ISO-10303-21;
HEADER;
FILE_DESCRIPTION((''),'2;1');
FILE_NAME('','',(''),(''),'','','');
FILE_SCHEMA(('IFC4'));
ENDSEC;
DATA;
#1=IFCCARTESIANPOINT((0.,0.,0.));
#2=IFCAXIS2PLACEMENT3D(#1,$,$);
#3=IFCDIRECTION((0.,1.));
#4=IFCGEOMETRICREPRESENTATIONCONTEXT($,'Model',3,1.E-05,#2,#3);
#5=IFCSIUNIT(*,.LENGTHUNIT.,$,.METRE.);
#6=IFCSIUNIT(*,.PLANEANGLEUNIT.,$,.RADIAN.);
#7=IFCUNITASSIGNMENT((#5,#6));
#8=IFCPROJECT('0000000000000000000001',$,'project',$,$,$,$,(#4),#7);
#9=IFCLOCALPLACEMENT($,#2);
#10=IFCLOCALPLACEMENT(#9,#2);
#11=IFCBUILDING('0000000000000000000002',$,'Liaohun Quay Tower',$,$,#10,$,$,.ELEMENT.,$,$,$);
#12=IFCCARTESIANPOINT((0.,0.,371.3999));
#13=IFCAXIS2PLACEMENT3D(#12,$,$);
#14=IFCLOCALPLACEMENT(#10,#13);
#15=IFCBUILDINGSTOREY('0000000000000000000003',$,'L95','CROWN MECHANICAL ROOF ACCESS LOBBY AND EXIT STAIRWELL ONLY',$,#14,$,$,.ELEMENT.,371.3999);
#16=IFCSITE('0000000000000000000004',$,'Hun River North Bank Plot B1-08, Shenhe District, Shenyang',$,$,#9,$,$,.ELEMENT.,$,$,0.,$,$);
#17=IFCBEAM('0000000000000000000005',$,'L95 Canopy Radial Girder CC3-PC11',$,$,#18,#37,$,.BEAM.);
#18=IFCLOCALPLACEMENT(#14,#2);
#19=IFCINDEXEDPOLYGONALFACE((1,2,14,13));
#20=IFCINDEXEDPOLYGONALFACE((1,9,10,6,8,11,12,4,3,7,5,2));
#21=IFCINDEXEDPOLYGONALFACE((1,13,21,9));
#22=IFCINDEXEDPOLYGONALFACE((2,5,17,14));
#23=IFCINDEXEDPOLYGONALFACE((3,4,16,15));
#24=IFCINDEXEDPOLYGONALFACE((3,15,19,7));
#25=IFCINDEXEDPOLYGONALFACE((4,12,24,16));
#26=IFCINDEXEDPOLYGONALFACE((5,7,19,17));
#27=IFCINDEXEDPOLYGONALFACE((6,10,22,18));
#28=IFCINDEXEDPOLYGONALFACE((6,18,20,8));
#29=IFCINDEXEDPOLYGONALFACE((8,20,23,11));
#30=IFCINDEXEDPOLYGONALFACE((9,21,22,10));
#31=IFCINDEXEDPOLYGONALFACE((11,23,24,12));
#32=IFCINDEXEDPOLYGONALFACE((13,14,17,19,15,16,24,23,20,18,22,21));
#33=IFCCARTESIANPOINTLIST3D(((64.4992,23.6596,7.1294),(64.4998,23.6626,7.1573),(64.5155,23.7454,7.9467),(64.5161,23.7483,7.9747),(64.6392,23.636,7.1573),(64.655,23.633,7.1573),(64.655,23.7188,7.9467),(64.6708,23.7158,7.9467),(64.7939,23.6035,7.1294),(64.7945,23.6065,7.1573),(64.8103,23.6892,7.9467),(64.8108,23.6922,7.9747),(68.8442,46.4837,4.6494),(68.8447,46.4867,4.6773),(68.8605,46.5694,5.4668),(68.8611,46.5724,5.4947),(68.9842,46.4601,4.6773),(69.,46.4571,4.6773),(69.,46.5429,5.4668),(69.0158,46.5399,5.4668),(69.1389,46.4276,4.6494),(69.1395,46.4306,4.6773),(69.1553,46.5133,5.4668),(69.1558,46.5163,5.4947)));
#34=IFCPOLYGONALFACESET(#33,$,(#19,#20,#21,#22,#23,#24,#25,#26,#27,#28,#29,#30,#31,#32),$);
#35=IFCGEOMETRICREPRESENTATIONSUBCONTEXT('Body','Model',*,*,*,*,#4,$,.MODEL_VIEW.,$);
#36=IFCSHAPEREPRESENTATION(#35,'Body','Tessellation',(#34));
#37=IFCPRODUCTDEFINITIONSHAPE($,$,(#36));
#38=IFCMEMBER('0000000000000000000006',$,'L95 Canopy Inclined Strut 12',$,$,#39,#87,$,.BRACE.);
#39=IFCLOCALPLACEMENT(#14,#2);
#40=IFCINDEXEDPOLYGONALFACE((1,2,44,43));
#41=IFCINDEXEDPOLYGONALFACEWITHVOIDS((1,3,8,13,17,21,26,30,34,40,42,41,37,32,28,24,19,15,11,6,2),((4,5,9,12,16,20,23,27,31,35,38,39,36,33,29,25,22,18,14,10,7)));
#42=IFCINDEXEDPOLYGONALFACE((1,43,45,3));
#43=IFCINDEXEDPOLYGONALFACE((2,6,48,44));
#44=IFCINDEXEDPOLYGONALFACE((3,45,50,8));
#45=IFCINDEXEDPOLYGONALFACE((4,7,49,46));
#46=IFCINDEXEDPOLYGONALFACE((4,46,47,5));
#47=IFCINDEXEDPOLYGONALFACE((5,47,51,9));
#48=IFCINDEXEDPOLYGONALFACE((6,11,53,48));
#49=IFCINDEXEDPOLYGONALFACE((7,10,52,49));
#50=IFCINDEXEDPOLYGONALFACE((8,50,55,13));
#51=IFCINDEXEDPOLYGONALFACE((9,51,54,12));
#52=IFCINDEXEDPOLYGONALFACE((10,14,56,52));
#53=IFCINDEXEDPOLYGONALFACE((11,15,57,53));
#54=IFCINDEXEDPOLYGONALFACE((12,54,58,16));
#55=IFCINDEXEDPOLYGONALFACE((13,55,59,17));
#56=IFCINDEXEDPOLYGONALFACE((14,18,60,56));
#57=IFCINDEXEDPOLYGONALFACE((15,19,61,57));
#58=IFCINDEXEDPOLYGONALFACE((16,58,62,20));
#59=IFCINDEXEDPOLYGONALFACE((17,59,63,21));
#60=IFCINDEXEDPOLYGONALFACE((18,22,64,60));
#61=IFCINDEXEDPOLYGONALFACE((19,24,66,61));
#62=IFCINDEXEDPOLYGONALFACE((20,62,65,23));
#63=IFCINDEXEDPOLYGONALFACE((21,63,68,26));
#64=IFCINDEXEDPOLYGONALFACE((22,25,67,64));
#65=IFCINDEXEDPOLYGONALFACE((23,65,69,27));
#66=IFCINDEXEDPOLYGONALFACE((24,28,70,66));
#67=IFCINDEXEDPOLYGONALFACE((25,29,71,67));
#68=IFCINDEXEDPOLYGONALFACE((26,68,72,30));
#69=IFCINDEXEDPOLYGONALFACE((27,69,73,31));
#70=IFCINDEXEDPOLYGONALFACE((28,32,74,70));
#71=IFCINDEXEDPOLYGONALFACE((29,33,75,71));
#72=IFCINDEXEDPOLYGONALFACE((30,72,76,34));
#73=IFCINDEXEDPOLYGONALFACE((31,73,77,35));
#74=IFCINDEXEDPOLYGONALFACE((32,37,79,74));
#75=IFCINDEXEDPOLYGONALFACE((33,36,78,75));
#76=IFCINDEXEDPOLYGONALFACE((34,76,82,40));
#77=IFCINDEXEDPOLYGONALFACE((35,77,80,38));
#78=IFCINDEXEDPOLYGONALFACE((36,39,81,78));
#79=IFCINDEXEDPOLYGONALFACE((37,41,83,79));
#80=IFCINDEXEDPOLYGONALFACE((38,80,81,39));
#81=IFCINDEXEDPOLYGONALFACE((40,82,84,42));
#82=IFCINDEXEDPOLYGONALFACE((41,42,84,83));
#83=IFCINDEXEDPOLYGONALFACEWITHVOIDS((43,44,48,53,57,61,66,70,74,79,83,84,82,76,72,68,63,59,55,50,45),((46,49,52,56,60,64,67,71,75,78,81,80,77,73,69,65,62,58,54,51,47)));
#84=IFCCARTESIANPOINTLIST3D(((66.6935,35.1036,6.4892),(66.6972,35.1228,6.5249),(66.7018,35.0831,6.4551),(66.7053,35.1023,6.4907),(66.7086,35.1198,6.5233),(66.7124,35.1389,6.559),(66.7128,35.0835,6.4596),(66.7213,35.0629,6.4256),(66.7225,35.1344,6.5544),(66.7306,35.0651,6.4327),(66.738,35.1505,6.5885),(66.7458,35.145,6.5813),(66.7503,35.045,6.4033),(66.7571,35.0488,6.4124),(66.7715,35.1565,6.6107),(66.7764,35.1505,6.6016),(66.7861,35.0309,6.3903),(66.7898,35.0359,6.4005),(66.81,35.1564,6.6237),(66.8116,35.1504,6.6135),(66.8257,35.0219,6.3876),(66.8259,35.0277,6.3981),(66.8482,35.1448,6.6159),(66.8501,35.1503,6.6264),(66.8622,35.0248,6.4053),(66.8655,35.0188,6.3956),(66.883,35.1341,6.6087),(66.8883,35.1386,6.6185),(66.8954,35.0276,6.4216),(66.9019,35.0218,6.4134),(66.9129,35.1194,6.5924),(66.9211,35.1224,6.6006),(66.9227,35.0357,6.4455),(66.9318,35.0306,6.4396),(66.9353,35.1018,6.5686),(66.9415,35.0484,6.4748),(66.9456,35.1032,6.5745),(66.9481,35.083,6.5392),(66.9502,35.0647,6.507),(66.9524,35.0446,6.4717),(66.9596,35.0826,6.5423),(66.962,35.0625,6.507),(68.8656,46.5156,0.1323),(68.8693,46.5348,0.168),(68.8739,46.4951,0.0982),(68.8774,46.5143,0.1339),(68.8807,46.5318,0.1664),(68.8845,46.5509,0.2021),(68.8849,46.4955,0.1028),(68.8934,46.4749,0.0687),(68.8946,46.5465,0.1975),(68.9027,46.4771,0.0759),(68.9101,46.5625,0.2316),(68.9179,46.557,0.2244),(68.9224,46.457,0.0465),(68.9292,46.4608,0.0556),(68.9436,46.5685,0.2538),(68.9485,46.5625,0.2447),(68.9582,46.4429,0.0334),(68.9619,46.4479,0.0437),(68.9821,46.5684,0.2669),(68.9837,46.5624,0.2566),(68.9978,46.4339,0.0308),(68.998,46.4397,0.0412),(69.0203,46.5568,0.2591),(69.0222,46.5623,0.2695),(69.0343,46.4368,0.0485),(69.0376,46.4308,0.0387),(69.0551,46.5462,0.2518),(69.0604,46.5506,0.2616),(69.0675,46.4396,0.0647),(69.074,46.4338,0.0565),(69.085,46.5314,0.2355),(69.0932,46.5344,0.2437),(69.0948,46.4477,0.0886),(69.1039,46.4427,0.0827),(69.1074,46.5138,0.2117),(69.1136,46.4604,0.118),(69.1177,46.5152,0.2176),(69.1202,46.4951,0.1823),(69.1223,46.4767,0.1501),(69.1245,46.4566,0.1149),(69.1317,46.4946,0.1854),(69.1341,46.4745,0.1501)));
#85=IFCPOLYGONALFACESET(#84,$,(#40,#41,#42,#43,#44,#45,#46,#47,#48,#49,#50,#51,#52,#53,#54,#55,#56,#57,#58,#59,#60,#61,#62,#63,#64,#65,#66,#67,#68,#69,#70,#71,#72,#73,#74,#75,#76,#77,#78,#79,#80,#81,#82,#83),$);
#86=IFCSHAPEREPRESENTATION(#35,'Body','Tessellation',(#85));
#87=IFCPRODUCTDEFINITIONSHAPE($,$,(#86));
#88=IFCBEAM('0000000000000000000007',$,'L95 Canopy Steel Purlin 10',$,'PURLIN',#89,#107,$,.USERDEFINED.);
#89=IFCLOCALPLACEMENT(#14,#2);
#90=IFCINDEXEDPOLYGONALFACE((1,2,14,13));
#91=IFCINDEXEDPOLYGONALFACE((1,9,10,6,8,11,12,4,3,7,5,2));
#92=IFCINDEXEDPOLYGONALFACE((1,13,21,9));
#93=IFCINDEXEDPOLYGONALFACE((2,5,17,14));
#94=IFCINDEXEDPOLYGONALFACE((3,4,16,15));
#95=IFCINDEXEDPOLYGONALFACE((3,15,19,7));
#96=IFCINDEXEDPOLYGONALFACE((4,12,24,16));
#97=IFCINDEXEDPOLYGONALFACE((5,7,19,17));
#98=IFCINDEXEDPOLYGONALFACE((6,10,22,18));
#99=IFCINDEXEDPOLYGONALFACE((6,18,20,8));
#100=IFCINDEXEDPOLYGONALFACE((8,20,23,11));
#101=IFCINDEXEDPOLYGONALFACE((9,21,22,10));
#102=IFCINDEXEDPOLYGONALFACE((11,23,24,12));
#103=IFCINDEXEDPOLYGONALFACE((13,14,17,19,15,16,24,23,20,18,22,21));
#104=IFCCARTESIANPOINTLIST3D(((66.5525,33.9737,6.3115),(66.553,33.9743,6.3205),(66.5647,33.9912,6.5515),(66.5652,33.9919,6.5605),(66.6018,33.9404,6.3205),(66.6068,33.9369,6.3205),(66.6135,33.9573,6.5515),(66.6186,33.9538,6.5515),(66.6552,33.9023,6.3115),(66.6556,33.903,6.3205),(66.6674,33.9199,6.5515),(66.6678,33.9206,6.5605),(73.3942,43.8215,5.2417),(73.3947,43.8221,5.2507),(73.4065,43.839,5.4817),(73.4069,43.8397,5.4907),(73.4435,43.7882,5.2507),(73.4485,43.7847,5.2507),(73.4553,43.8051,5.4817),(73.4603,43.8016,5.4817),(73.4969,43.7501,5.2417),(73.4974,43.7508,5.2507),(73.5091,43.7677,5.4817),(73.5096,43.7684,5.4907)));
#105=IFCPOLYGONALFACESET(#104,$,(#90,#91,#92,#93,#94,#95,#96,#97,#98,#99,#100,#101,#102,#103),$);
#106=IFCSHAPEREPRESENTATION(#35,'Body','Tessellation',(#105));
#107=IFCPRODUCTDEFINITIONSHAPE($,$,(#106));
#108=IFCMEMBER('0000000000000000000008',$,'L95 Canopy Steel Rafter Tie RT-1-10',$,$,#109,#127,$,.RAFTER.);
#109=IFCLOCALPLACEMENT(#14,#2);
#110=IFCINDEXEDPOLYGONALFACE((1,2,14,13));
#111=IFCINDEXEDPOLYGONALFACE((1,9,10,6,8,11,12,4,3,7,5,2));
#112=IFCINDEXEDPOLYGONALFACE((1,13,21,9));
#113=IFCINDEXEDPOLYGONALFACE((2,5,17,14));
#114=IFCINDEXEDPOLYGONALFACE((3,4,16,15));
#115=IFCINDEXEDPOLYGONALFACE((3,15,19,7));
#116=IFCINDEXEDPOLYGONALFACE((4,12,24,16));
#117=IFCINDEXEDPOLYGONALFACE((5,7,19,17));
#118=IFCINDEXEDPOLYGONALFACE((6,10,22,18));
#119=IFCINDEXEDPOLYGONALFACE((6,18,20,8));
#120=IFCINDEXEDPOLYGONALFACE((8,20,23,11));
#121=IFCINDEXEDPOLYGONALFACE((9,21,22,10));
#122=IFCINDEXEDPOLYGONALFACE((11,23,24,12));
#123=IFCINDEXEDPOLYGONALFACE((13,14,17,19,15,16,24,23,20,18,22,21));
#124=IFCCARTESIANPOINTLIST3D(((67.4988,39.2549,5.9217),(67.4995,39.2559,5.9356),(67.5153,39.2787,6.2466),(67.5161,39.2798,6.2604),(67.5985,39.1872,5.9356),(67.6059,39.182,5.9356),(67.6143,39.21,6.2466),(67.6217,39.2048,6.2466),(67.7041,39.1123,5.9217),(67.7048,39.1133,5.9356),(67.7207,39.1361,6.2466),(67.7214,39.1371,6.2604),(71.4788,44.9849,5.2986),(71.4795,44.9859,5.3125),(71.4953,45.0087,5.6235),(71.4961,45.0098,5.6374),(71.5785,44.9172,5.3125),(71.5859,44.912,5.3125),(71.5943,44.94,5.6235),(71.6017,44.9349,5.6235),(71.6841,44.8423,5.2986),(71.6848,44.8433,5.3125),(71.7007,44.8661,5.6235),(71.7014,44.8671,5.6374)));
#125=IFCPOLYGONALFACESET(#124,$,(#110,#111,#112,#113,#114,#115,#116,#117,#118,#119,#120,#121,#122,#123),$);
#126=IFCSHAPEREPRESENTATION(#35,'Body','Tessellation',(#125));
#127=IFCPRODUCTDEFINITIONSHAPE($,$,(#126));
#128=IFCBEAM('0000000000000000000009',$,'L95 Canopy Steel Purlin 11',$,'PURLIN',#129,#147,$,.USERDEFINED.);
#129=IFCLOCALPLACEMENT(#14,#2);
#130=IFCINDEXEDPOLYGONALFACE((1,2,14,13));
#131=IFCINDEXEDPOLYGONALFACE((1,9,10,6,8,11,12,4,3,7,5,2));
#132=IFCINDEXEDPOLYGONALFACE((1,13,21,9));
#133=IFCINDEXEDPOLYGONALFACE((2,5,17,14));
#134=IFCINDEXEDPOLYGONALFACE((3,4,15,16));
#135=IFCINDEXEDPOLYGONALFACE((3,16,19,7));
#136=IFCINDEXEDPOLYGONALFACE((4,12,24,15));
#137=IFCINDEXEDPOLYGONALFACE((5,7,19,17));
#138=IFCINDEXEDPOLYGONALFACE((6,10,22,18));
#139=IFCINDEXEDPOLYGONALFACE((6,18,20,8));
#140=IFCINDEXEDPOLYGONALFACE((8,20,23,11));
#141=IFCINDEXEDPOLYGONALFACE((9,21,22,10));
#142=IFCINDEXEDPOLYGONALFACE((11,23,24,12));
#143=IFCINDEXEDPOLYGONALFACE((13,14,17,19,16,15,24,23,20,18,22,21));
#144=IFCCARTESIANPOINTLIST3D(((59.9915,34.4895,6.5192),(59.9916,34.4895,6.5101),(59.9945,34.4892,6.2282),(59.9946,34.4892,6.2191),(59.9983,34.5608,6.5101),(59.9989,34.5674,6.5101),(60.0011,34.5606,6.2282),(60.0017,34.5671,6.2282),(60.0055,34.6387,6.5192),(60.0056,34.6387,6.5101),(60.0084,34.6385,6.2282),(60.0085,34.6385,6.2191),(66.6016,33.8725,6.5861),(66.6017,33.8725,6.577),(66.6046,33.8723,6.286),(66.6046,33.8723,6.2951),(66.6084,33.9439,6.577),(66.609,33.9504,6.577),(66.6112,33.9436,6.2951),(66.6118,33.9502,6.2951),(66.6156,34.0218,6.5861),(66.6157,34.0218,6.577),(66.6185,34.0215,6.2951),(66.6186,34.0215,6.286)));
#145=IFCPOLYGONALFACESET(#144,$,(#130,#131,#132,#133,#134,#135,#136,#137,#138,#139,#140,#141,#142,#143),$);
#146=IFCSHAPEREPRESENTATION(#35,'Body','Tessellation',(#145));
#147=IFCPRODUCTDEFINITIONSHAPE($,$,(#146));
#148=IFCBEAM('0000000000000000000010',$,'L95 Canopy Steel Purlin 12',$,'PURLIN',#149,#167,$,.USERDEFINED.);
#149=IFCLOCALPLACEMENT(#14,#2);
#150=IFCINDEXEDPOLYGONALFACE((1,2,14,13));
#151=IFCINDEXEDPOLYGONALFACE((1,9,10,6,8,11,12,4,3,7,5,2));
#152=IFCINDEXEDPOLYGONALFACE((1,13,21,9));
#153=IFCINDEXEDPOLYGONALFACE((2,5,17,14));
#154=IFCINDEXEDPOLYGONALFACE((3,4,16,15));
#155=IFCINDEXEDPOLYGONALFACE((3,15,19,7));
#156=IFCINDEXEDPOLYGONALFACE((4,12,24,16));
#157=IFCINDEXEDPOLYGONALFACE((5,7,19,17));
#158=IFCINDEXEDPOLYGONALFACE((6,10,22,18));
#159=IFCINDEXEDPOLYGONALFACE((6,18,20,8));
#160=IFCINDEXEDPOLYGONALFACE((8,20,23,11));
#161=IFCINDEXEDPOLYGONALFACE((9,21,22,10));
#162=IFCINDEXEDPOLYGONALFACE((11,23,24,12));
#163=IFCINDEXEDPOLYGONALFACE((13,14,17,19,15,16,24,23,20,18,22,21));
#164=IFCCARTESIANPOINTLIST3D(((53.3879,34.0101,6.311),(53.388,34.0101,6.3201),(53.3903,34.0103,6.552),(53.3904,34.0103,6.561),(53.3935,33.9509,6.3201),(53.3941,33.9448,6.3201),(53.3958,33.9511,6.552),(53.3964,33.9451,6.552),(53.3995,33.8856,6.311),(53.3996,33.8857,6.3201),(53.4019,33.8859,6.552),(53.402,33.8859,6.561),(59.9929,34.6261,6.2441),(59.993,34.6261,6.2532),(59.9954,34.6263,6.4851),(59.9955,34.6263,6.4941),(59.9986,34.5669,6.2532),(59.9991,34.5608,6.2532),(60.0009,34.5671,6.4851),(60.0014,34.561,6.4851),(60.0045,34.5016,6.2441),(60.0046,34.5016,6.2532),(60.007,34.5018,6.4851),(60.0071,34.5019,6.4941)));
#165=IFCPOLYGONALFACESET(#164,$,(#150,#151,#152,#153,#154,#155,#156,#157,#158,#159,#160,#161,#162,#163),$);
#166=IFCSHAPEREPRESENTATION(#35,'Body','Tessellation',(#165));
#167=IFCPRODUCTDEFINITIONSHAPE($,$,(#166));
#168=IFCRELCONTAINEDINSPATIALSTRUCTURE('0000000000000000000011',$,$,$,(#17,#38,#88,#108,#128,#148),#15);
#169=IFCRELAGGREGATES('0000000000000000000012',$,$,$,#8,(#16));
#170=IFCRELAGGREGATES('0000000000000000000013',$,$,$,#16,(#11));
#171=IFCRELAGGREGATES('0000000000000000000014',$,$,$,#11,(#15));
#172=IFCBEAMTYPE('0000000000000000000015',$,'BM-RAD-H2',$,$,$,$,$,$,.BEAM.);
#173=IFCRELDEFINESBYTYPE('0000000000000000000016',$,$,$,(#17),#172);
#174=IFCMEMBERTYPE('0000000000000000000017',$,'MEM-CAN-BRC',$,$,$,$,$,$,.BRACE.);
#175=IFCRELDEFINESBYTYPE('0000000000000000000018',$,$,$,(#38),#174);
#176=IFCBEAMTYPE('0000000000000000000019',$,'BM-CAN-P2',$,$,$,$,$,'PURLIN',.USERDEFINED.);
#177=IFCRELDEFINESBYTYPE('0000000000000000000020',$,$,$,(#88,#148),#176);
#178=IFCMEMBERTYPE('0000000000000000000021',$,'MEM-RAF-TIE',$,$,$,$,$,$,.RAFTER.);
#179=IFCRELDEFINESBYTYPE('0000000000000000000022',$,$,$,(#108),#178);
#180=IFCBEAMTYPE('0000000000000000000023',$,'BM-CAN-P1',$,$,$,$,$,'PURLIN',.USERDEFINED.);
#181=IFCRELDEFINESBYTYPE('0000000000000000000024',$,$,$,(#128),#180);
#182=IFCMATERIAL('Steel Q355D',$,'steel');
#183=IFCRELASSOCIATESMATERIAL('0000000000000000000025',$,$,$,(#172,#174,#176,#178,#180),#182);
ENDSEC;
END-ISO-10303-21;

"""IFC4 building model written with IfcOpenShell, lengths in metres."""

from ifc_helpers import new_model, si_unit, direction, frame, origin, origin_2d, place, context, subcontext, project, spatial, hollow_circle, i_section, extrude, source, transform, mapped, material, material_profile, profile_set, type_object, element, save


model = new_model("IFC4")

# Units and contexts
model_context = context("Model", 3, precision=1e-05, world=origin(), true_north=direction((0.0, 1.0)))
body_context = subcontext(model_context, "Body", "Model", "MODEL_VIEW")
ifc_project = project(units=[si_unit("LENGTHUNIT", "METRE"), si_unit("PLANEANGLEUNIT", "RADIAN")], contexts=[model_context])

# Site, building, storey
site_placement = place(None, origin())
site = spatial("IfcSite", under=ifc_project, at=site_placement, Name="Hun River North Bank Plot B1-08, Shenhe District, Shenyang", CompositionType="ELEMENT", RefElevation=0.0)
building_placement = place(site_placement, origin())
building = spatial("IfcBuilding", under=site, at=building_placement, Name="Liaohun Quay Tower", CompositionType="ELEMENT")
storey_placement = place(building_placement, frame((0.0, 0.0, 371.3999)))
storey = spatial("IfcBuildingStorey", under=building, at=storey_placement, Name="L95", Description="CROWN MECHANICAL ROOF ACCESS LOBBY AND EXIT STAIRWELL ONLY", CompositionType="ELEMENT", Elevation=371.3999)

# Shared definitions
ifc_material_1 = material(Name="Steel Q355D", Category="steel")

# Shared definitions
ifc_material_profile_1 = material_profile(ifc_material_1, i_section(OverallWidth=0.3, OverallDepth=0.8501, WebThickness=0.0161, FlangeThickness=0.0281, at=origin_2d()), Name="HN850x300x16x28")
ifc_profile_set_1 = profile_set([ifc_material_profile_1], Name="Steel Q355D")
beam_type_1 = type_object("IfcBeamType", Name="BM-RAD-H2", PredefinedType="BEAM", material=ifc_profile_set_1)

# Shared definitions
ifc_material_profile_2 = material_profile(ifc_material_1, hollow_circle(Radius=0.1365, WallThickness=0.012, at=origin_2d()), Name="CHS273x12")
ifc_profile_set_2 = profile_set([ifc_material_profile_2], Name="Steel Q355D")
member_type_1 = type_object("IfcMemberType", Name="MEM-CAN-BRC", PredefinedType="BRACE", material=ifc_profile_set_2)

# Beam
shared_shape_1 = source(origin(), body_context, "Body", "SweptSolid", [
    extrude(i_section(OverallWidth=0.3, OverallDepth=0.8501, WebThickness=0.0161, FlangeThickness=0.0281, at=origin_2d()), origin(), (0.0, 0.0, 1.0), 23.366),
])
beam_1_placement = place(storey_placement, frame((69.0, 46.5, 5.072), z_axis=(-0.185954, -0.976809, 0.106137), x_axis=(0.982358, -0.18701, 0.0)))
element("IfcBeam", 1, at=beam_1_placement, inside=storey, type_object=beam_type_1, Name="L95 Canopy Radial Girder CC3-PC11", PredefinedType="BEAM", context=body_context, shape_type="MappedRepresentation", body=[
    mapped(shared_shape_1, transform((0.0, 0.0, 0.0), x_axis=(1.0, 0.0, 0.0), y_axis=(0.0, 1.0, 0.0), z_axis=(0.0, 0.0, 1.0), scale=1.0)),
])

# Member
shared_shape_2 = source(origin(), body_context, "Body", "SweptSolid", [
    extrude(hollow_circle(Radius=0.1365, WallThickness=0.012, at=origin_2d()), origin(), (0.0, 0.0, 1.0), 13.2424),
])
member_1_placement = place(storey_placement, frame((69.0, 46.5, 0.1501), z_axis=(-0.164026, -0.861776, 0.480039), x_axis=(0.982364, -0.186978, 0.0)))
element("IfcMember", 2, at=member_1_placement, inside=storey, type_object=member_type_1, Name="L95 Canopy Inclined Strut 12", PredefinedType="BRACE", context=body_context, shape_type="MappedRepresentation", body=[
    mapped(shared_shape_2, transform((0.0, 0.0, 0.0), x_axis=(1.0, 0.0, 0.0), y_axis=(0.0, 1.0, 0.0), z_axis=(0.0, 0.0, 1.0), scale=1.0)),
])

# Beam
ifc_material_profile_3 = material_profile(ifc_material_1, i_section(OverallWidth=0.125, OverallDepth=0.25, WebThickness=0.0061, FlangeThickness=0.009, at=origin_2d()), Name="HN250x125x6x9")
ifc_profile_set_3 = profile_set([ifc_material_profile_3], Name="Steel Q355D")
beam_type_2 = type_object("IfcBeamType", Name="BM-CAN-P2", ElementType="PURLIN", PredefinedType="USERDEFINED", material=ifc_profile_set_3)
shared_shape_3 = source(origin(), body_context, "Body", "SweptSolid", [
    extrude(i_section(OverallWidth=0.125, OverallDepth=0.25, WebThickness=0.0061, FlangeThickness=0.009, at=origin_2d()), origin(), (0.0, 0.0, 1.0), 12.0388),
])
beam_2_placement = place(storey_placement, frame((73.4519, 43.7949, 5.3662), z_axis=(-0.568306, -0.818005, 0.088864), x_axis=(0.821254, -0.570563, 0.0)))
element("IfcBeam", 3, at=beam_2_placement, inside=storey, type_object=beam_type_2, Name="L95 Canopy Steel Purlin 10", ObjectType="PURLIN", PredefinedType="USERDEFINED", context=body_context, shape_type="MappedRepresentation", body=[
    mapped(shared_shape_3, transform((0.0, 0.0, 0.0), x_axis=(1.0, 0.0, 0.0), y_axis=(0.0, 1.0, 0.0), z_axis=(0.0, 0.0, 1.0), scale=1.0)),
])

# Member
ifc_material_profile_4 = material_profile(ifc_material_1, i_section(OverallWidth=0.25, OverallDepth=0.3401, WebThickness=0.009, FlangeThickness=0.0139, at=origin_2d()), Name="HM340x250x9x14")
ifc_profile_set_4 = profile_set([ifc_material_profile_4], Name="Steel Q355D")
member_type_2 = type_object("IfcMemberType", Name="MEM-RAF-TIE", PredefinedType="RAFTER", material=ifc_profile_set_4)
shared_shape_4 = source(origin(), body_context, "Body", "SweptSolid", [
    extrude(i_section(OverallWidth=0.25, OverallDepth=0.3401, WebThickness=0.009, FlangeThickness=0.0139, at=origin_2d()), origin(), (0.0, 0.0, 1.0), 7.0044),
])
member_2_placement = place(storey_placement, frame((71.5901, 44.926, 5.468), z_axis=(-0.568214, -0.818059, 0.088951), x_axis=(0.821314, -0.570476, 0.0)))
element("IfcMember", 4, at=member_2_placement, inside=storey, type_object=member_type_2, Name="L95 Canopy Steel Rafter Tie RT-1-10", PredefinedType="RAFTER", context=body_context, shape_type="MappedRepresentation", body=[
    mapped(shared_shape_4, transform((0.0, 0.0, 0.0), x_axis=(1.0, 0.0, 0.0), y_axis=(0.0, 1.0, 0.0), z_axis=(0.0, 0.0, 1.0), scale=1.0)),
])

# Beams
ifc_material_profile_5 = material_profile(ifc_material_1, i_section(OverallWidth=0.1499, OverallDepth=0.3, WebThickness=0.0066, FlangeThickness=0.009, at=origin_2d()), Name="HN300x150x6.5x9")
ifc_profile_set_5 = profile_set([ifc_material_profile_5], Name="Steel Q355D")
beam_type_3 = type_object("IfcBeamType", Name="BM-CAN-P1", ElementType="PURLIN", PredefinedType="USERDEFINED", material=ifc_profile_set_5)
shared_shape_5 = source(origin(), body_context, "Body", "SweptSolid", [
    extrude(i_section(OverallWidth=0.1499, OverallDepth=0.3, WebThickness=0.0066, FlangeThickness=0.009, at=origin_2d()), origin(), (0.0, 0.0, 1.0), 6.6392),
])
beam_3_placement = place(storey_placement, frame((66.6101, 33.947, 6.436), z_axis=(-0.995622, 0.092925, -0.010076), x_axis=(-0.092929, -0.995673, 0.0)))
element("IfcBeam", 5, at=beam_3_placement, inside=storey, type_object=beam_type_3, Name="L95 Canopy Steel Purlin 11", ObjectType="PURLIN", PredefinedType="USERDEFINED", context=body_context, shape_type="MappedRepresentation", body=[
    mapped(shared_shape_5, transform((0.0, 0.0, 0.0), x_axis=(1.0, 0.0, 0.0), y_axis=(0.0, 1.0, 0.0), z_axis=(0.0, 0.0, 1.0), scale=1.0)),
])
shared_shape_6 = source(origin(), body_context, "Body", "SweptSolid", [
    extrude(i_section(OverallWidth=0.125, OverallDepth=0.25, WebThickness=0.0061, FlangeThickness=0.009, at=origin_2d()), origin(), (0.0, 0.0, 1.0), 6.634),
])
beam_4_placement = place(storey_placement, frame((60.0, 34.564, 6.3691), z_axis=(-0.995629, -0.09285, 0.010084), x_axis=(0.092855, -0.99568, 0.0)))
element("IfcBeam", 6, at=beam_4_placement, inside=storey, type_object=beam_type_2, Name="L95 Canopy Steel Purlin 12", ObjectType="PURLIN", PredefinedType="USERDEFINED", context=body_context, shape_type="MappedRepresentation", body=[
    mapped(shared_shape_6, transform((0.0, 0.0, 0.0), x_axis=(1.0, 0.0, 0.0), y_axis=(0.0, 1.0, 0.0), z_axis=(0.0, 0.0, 1.0), scale=1.0)),
])

save(model, "model.ifc")
